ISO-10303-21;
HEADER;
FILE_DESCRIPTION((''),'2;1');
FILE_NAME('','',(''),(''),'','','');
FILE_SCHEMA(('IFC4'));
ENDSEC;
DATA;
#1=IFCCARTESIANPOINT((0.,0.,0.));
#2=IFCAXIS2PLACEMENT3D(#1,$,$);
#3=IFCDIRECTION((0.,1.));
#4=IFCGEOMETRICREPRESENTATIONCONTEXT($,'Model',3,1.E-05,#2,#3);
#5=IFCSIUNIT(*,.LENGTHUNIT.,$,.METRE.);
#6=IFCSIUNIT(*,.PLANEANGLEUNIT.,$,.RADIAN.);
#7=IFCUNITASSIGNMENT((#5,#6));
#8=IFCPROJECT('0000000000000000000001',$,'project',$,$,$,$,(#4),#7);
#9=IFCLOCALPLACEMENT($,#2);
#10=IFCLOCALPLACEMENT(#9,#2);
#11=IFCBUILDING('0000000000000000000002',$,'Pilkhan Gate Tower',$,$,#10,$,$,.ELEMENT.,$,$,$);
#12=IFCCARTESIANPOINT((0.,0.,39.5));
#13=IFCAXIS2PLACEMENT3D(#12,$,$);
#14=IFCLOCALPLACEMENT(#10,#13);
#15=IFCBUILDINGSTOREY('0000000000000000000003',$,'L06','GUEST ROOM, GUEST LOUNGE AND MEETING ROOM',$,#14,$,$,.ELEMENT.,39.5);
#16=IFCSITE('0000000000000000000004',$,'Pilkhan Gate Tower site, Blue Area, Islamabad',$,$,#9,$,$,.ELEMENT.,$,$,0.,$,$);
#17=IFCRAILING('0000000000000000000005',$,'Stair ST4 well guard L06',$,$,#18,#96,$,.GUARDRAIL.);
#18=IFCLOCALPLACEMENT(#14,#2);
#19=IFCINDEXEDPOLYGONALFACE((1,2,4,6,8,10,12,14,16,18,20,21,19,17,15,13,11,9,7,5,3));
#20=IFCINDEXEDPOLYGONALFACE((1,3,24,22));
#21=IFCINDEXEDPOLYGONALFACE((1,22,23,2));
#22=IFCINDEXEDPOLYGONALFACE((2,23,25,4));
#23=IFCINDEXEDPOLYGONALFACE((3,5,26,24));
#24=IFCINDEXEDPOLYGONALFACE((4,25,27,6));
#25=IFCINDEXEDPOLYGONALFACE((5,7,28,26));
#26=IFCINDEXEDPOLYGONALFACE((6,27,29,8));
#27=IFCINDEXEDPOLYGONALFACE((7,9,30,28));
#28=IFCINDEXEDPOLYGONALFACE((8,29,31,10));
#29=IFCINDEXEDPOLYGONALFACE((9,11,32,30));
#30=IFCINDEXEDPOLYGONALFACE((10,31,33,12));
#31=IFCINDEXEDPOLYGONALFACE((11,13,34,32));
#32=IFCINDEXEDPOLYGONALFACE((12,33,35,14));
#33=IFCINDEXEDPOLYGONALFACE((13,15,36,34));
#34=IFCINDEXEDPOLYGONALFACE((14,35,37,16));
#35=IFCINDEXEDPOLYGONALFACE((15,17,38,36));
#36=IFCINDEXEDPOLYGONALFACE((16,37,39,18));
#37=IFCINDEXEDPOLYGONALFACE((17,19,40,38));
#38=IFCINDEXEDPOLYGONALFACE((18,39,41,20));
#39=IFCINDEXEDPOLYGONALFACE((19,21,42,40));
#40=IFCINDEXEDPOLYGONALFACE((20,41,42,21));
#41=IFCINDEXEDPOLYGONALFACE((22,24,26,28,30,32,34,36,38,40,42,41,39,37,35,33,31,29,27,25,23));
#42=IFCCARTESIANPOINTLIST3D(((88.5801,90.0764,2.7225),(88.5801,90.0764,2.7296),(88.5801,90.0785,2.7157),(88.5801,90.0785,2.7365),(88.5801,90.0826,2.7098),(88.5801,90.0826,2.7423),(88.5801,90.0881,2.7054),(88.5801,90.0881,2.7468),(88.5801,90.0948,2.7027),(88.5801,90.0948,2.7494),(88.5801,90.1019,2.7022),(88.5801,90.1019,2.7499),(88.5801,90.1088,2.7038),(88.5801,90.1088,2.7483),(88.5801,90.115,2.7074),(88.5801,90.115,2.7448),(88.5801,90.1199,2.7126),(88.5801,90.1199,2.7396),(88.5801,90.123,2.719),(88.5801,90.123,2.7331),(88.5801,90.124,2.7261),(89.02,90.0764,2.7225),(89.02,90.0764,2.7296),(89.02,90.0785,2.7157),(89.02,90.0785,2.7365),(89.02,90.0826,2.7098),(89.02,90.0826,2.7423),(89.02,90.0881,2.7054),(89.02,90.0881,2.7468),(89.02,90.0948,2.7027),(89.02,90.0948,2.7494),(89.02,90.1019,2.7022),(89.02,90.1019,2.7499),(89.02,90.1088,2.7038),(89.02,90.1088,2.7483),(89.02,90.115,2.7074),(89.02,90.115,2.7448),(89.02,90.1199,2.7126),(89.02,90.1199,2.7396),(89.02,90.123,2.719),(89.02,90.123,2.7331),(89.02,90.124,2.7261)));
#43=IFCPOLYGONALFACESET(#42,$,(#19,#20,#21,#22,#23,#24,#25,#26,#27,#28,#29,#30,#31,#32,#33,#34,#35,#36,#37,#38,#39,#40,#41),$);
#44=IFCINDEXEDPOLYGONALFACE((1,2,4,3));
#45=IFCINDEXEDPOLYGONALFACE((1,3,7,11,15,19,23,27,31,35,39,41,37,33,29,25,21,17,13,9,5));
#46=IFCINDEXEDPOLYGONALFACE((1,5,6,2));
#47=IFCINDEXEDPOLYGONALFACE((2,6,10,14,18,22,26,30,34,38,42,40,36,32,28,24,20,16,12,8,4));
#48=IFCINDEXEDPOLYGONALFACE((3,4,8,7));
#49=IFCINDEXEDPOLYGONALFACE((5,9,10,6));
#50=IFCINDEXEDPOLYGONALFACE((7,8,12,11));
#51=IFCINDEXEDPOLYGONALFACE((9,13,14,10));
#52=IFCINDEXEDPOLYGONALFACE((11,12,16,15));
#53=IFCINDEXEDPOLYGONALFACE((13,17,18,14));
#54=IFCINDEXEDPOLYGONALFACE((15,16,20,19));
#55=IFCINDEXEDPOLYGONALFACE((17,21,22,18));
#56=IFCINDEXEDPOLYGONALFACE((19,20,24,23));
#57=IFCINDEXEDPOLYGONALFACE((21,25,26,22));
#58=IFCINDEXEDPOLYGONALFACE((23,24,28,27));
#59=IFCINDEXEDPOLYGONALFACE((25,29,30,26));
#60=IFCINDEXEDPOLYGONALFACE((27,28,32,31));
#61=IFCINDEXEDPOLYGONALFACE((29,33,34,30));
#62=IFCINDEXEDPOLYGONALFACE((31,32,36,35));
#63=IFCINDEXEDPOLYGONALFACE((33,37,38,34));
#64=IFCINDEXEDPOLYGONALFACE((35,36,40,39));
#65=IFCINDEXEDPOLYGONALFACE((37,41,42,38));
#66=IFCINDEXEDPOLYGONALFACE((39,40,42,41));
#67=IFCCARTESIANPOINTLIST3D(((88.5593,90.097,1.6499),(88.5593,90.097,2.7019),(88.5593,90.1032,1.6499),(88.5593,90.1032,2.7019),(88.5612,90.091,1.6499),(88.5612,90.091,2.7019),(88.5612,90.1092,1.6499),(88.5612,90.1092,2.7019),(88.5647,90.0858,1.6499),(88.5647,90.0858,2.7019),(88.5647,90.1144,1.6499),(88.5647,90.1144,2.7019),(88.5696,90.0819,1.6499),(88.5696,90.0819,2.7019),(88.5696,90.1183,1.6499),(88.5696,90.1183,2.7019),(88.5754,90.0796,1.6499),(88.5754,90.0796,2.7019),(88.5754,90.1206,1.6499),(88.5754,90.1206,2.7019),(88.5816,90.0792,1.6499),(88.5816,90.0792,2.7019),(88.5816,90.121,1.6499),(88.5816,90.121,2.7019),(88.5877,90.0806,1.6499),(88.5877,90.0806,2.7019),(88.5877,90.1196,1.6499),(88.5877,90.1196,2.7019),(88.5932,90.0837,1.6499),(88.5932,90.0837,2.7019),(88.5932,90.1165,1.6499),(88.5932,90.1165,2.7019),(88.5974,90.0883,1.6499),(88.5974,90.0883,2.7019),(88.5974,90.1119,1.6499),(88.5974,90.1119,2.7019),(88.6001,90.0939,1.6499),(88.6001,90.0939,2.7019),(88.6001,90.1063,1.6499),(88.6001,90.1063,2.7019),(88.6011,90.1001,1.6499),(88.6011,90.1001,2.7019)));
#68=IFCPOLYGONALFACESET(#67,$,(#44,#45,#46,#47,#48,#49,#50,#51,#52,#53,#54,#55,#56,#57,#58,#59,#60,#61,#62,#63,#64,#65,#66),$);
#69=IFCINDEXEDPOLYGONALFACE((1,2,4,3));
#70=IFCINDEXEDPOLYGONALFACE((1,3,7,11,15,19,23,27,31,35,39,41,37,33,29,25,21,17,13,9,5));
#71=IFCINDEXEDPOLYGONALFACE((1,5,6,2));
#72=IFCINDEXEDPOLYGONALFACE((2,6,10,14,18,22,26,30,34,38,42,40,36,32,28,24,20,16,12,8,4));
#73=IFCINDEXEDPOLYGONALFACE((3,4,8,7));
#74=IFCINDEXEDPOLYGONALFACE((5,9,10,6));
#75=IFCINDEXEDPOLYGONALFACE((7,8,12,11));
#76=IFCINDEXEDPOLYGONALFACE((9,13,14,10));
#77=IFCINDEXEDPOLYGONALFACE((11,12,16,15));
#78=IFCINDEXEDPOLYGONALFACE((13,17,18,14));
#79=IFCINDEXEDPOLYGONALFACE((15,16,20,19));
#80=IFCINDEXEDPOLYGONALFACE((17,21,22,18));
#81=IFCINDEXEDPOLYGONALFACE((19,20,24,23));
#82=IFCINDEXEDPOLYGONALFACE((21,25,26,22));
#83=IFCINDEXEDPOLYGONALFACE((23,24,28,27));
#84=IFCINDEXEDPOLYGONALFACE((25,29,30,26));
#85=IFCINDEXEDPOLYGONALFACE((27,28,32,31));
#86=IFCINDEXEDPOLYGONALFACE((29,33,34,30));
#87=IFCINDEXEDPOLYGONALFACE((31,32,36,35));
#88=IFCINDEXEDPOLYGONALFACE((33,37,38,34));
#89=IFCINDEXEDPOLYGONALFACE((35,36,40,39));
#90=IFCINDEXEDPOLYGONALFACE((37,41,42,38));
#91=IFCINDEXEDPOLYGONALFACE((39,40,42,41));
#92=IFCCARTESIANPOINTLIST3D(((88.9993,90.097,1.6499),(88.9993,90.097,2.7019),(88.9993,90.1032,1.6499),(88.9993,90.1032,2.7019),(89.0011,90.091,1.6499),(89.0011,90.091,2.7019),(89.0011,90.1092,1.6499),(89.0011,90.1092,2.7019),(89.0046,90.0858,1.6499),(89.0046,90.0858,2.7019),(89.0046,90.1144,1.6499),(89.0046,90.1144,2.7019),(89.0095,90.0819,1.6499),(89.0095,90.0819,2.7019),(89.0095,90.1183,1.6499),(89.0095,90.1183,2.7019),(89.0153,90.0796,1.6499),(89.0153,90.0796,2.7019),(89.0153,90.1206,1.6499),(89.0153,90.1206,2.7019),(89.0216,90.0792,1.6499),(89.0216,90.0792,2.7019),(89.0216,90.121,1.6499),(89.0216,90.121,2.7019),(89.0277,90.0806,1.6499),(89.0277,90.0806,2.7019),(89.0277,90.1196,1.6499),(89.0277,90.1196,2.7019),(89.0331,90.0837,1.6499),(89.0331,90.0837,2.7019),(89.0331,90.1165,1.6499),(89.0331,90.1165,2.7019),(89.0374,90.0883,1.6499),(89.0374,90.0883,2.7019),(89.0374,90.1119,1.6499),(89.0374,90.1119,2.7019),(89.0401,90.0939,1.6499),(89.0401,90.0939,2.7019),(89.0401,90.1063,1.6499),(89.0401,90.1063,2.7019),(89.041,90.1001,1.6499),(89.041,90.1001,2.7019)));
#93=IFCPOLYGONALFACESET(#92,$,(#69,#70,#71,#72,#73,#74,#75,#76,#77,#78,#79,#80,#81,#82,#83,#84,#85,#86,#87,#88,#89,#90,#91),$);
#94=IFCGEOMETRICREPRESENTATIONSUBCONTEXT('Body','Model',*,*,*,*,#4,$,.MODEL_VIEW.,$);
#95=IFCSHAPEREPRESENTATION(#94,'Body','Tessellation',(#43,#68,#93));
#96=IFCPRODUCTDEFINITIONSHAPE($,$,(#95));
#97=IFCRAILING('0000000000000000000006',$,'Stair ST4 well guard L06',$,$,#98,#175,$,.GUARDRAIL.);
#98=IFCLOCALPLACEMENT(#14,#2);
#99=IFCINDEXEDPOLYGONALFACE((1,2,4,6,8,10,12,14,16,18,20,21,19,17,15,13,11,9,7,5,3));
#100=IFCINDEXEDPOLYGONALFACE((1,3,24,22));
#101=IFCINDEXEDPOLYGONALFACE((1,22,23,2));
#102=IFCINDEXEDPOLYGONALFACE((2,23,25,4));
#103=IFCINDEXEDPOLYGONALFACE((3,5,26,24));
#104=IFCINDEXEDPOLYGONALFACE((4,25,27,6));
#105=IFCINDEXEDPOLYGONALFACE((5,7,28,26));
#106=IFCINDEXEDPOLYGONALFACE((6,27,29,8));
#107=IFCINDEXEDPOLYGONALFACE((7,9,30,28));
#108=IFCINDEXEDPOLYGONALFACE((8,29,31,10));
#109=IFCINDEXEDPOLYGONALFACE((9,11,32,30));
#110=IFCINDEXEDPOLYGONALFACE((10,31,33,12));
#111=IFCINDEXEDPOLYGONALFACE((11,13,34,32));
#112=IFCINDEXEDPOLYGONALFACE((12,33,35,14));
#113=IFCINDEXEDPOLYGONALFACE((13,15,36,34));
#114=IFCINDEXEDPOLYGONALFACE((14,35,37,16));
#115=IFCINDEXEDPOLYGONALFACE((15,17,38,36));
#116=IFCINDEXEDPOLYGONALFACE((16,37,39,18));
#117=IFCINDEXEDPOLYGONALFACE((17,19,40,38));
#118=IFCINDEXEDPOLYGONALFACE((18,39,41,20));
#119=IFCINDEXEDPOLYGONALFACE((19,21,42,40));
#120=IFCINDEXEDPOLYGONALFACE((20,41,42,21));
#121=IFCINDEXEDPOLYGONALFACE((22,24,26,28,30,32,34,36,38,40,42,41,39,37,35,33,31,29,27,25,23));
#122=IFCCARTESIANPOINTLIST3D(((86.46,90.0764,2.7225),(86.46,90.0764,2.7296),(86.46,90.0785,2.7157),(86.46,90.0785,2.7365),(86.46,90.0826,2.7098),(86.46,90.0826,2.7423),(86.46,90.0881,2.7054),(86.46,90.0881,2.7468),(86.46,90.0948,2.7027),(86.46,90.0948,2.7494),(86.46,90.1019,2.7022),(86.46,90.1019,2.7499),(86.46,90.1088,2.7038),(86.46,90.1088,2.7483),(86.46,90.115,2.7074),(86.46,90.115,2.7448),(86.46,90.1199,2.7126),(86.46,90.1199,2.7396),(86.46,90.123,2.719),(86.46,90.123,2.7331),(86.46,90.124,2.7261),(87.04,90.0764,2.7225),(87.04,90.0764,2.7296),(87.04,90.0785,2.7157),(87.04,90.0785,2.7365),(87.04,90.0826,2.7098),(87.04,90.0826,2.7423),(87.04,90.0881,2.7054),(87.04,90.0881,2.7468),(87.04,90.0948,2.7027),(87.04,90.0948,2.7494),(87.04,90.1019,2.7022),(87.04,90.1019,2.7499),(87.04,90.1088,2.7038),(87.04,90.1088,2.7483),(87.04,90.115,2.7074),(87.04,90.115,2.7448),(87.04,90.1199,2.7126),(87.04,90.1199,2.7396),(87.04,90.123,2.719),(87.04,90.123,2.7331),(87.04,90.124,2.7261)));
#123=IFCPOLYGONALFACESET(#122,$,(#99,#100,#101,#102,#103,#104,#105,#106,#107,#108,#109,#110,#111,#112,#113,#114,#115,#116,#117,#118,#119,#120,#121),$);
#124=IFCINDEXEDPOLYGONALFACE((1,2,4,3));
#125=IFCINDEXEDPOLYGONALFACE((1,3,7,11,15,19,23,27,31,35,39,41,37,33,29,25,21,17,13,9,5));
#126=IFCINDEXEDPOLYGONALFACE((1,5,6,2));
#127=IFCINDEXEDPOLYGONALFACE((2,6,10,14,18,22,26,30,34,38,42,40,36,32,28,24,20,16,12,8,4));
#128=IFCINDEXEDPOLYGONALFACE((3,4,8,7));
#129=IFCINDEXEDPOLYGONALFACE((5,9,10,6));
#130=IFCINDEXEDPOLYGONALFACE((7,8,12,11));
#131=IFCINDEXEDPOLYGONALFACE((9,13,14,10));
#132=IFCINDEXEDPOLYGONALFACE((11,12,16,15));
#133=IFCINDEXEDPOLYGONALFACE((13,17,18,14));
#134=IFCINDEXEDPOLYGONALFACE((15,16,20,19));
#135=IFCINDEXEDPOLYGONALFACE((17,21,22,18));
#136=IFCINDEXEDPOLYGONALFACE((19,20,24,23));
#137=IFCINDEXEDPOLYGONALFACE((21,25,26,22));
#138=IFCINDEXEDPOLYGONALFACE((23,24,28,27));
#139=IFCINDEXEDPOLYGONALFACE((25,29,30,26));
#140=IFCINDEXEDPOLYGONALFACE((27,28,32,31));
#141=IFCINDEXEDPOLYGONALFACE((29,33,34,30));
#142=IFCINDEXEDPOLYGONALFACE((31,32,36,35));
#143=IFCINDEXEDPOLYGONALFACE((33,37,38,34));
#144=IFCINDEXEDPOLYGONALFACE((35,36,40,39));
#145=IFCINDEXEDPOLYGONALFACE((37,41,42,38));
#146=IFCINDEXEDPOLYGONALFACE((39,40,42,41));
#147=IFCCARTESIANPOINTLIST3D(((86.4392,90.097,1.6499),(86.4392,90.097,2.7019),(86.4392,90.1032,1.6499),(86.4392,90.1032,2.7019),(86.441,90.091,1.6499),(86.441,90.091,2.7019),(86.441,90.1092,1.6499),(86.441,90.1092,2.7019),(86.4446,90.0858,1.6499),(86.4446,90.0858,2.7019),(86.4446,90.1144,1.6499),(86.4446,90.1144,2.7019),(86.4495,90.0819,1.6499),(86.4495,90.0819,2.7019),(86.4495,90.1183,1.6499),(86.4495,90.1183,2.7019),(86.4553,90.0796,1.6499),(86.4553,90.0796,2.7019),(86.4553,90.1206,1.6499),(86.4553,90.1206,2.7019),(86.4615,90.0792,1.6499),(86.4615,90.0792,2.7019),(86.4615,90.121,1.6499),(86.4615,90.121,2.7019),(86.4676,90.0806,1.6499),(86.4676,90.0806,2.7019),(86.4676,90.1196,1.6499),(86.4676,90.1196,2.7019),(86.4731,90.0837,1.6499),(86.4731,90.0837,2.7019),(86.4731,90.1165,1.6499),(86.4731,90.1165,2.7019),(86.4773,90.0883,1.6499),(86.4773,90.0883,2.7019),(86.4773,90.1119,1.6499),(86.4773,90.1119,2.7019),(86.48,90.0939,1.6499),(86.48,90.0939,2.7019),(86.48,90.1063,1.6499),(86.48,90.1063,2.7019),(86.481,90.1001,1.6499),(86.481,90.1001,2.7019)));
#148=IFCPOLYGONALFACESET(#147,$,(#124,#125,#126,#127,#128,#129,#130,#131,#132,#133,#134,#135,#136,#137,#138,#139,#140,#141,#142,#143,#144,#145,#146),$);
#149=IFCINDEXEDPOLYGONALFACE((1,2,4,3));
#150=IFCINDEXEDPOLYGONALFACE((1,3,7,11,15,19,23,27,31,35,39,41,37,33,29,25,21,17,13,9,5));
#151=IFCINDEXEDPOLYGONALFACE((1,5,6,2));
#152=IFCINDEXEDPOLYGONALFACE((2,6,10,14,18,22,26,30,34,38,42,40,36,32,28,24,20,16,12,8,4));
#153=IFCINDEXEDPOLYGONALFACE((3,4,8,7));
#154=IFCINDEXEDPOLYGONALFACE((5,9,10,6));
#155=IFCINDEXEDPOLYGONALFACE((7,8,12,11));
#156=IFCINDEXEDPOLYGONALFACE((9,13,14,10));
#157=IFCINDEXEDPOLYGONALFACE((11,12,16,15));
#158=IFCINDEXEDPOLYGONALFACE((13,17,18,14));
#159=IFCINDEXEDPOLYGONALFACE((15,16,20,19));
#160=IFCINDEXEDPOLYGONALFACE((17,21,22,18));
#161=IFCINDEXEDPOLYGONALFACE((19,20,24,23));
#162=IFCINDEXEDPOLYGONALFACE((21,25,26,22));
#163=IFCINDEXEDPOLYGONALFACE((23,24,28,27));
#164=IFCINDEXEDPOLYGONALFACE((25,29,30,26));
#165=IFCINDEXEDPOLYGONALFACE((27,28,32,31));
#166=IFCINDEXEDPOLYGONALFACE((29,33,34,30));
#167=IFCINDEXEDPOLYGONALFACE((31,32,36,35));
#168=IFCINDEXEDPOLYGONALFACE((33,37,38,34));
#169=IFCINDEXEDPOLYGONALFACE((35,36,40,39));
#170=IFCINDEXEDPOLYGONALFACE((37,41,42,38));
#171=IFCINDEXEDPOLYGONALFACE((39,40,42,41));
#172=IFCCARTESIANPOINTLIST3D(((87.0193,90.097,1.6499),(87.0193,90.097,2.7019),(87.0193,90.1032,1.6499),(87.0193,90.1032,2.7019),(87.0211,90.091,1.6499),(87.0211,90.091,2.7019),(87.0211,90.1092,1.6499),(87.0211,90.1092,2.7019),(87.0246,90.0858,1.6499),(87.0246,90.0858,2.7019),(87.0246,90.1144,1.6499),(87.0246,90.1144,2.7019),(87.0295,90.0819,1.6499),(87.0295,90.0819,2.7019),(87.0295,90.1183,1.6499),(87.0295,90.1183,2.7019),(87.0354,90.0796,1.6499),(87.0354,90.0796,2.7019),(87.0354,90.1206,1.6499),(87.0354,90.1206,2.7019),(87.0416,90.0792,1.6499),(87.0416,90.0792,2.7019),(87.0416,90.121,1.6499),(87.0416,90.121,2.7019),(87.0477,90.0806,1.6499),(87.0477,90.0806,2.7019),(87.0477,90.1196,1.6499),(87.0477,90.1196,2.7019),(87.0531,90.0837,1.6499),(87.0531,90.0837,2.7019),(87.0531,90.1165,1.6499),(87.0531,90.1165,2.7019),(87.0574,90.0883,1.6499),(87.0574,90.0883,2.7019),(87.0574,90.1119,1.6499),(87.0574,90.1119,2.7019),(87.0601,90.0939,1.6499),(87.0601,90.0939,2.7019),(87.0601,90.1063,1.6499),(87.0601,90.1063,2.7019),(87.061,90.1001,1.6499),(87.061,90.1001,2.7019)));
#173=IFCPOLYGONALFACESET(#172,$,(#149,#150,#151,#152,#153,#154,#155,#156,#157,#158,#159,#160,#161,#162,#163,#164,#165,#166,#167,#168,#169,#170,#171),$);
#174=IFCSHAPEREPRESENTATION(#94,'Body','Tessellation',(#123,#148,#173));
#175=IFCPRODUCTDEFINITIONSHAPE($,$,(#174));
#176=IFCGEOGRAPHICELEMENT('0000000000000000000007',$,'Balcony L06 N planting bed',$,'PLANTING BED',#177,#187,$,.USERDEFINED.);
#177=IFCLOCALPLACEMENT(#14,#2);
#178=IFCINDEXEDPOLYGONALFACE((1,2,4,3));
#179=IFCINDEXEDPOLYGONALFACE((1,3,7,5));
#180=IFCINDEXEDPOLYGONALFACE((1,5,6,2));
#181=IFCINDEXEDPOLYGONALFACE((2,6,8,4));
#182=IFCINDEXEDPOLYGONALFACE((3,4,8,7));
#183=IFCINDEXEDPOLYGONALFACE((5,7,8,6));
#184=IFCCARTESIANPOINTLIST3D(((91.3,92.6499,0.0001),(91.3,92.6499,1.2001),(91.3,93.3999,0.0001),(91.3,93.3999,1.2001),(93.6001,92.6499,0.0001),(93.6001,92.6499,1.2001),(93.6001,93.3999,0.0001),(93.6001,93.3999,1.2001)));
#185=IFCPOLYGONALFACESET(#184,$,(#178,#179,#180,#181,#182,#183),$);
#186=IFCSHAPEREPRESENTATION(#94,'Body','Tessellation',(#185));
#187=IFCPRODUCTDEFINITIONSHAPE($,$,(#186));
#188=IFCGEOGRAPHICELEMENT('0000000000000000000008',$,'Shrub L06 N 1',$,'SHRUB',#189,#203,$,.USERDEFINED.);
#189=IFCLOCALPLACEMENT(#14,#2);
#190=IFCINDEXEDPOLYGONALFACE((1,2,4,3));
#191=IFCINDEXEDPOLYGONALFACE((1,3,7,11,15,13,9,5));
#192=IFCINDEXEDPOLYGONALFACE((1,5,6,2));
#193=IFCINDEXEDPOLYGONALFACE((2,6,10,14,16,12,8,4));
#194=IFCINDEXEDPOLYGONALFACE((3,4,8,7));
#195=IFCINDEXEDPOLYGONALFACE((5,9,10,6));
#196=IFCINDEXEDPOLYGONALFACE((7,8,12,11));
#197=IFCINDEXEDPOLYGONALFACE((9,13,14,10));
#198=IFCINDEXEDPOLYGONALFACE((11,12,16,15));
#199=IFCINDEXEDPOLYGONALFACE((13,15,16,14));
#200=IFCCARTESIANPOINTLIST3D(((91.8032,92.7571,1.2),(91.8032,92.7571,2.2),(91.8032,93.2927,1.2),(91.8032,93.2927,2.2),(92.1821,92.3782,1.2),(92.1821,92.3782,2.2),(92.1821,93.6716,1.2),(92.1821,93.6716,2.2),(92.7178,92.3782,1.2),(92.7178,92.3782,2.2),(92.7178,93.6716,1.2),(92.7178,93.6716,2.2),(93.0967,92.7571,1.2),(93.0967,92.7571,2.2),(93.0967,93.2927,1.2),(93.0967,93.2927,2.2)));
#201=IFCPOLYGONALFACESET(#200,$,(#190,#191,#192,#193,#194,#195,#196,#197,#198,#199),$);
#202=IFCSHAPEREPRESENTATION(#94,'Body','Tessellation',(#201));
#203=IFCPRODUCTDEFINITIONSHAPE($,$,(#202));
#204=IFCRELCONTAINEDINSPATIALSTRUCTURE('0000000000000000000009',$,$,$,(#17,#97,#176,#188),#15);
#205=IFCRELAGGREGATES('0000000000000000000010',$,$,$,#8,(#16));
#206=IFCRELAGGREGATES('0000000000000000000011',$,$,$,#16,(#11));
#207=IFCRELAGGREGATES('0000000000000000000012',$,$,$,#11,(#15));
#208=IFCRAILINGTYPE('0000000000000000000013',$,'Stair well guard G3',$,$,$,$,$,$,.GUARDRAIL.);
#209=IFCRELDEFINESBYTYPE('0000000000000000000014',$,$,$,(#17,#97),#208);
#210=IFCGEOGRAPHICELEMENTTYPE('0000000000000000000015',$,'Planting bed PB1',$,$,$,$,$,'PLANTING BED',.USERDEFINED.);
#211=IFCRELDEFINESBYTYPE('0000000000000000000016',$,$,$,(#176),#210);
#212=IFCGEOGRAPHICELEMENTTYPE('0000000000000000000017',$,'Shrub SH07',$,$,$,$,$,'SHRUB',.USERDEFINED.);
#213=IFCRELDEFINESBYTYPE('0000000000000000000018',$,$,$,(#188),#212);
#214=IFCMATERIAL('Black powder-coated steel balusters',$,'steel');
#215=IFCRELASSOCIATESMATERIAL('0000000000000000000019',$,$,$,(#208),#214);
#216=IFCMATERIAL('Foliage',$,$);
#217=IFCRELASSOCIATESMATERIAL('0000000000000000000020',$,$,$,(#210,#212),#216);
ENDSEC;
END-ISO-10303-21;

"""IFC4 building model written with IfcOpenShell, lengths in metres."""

from ifc_helpers import new_model, si_unit, direction, frame, origin, origin_2d, place, context, subcontext, project, spatial, polyline, rectangle, circle, outline, extrude, material, material_profile, profile_set, type_object, element, save


model = new_model("IFC4")

# Units and contexts
model_context = context("Model", 3, precision=1e-05, world=origin(), true_north=direction((0.0, 1.0)))
body_context = subcontext(model_context, "Body", "Model", "MODEL_VIEW")
ifc_project = project(units=[si_unit("LENGTHUNIT", "METRE"), si_unit("PLANEANGLEUNIT", "RADIAN")], contexts=[model_context])

# Site, building, storey
site_placement = place(None, origin())
site = spatial("IfcSite", under=ifc_project, at=site_placement, Name="Pilkhan Gate Tower site, Blue Area, Islamabad", CompositionType="ELEMENT", RefElevation=0.0)
building_placement = place(site_placement, origin())
building = spatial("IfcBuilding", under=site, at=building_placement, Name="Pilkhan Gate Tower", CompositionType="ELEMENT")
storey_placement = place(building_placement, frame((0.0, 0.0, 39.5)))
storey = spatial("IfcBuildingStorey", under=building, at=storey_placement, Name="L06", Description="GUEST ROOM, GUEST LOUNGE AND MEETING ROOM", CompositionType="ELEMENT", Elevation=39.5)

# Railings
ifc_material_1 = material(Name="Black powder-coated steel balusters", Category="steel")
railing_type_1 = type_object("IfcRailingType", Name="Stair well guard G3", PredefinedType="GUARDRAIL", material=ifc_material_1)
railing_1_placement = place(storey_placement, frame((88.5801, 90.1001, 1.6499)))
element("IfcRailing", 1, at=railing_1_placement, inside=storey, type_object=railing_type_1, Name="Stair ST4 well guard L06", PredefinedType="GUARDRAIL", context=body_context, shape_type="SweptSolid", body=[
    extrude(circle(Radius=0.0239, at=origin_2d()), frame((0.0, 0.0, 1.0762), z_axis=(1.0, 0.0, 0.0), x_axis=(0.0, 1.0, 0.0)), (0.0, 0.0, 1.0), 0.4399),
    extrude(circle(Radius=0.021, at=origin_2d()), origin(), (0.0, 0.0, 1.0), 1.052),
    extrude(circle(Radius=0.021, at=origin_2d()), frame((0.4399, 0.0, 0.0)), (0.0, 0.0, 1.0), 1.052),
])
railing_2_placement = place(storey_placement, frame((86.46, 90.1001, 1.6499)))
element("IfcRailing", 2, at=railing_2_placement, inside=storey, type_object=railing_type_1, Name="Stair ST4 well guard L06", PredefinedType="GUARDRAIL", context=body_context, shape_type="SweptSolid", body=[
    extrude(circle(Radius=0.0239, at=origin_2d()), frame((0.0, 0.0, 1.0762), z_axis=(1.0, 0.0, 0.0), x_axis=(0.0, 1.0, 0.0)), (0.0, 0.0, 1.0), 0.5801),
    extrude(circle(Radius=0.021, at=origin_2d()), origin(), (0.0, 0.0, 1.0), 1.052),
    extrude(circle(Radius=0.021, at=origin_2d()), frame((0.5801, 0.0, 0.0)), (0.0, 0.0, 1.0), 1.052),
])

# Geographic elements
ifc_material_2 = material(Name="Foliage")
ifc_material_profile_1 = material_profile(ifc_material_2, rectangle(XDim=0.75, YDim=1.2, at=origin_2d()), Name="Bed 750x1200")
ifc_profile_set_1 = profile_set([ifc_material_profile_1], Name="Foliage")
geographic_element_type_1 = type_object("IfcGeographicElementType", Name="Planting bed PB1", ElementType="PLANTING BED", PredefinedType="USERDEFINED", material=ifc_profile_set_1)
geographic_element_1_placement = place(storey_placement, frame((91.3, 93.0249, 0.6001), z_axis=(1.0, 0.0, 0.0), x_axis=(0.0, 1.0, 0.0)))
element("IfcGeographicElement", 3, at=geographic_element_1_placement, inside=storey, type_object=geographic_element_type_1, Name="Balcony L06 N planting bed", ObjectType="PLANTING BED", PredefinedType="USERDEFINED", context=body_context, shape_type="SweptSolid", body=[
    extrude(rectangle(XDim=0.75, YDim=1.2, at=origin_2d()), origin(), (0.0, 0.0, 1.0), 2.3),
])
ifc_material_profile_2 = material_profile(ifc_material_2, outline(polyline([(0.6467, 0.2678), (0.2678, 0.6467), (-0.2678, 0.6467), (-0.6467, 0.2678), (-0.6467, -0.2678), (-0.2678, -0.6467), (0.2678, -0.6467), (0.6467, -0.2678), (0.6467, 0.2678)])), Name="Shrub D1.4")
ifc_profile_set_2 = profile_set([ifc_material_profile_2], Name="Foliage")
geographic_element_type_2 = type_object("IfcGeographicElementType", Name="Shrub SH07", ElementType="SHRUB", PredefinedType="USERDEFINED", material=ifc_profile_set_2)
geographic_element_2_placement = place(storey_placement, frame((92.45, 93.0249, 1.2), z_axis=(0.0, 0.0, 1.0), x_axis=(1.0, 0.0, 0.0)))
element("IfcGeographicElement", 4, at=geographic_element_2_placement, inside=storey, type_object=geographic_element_type_2, Name="Shrub L06 N 1", ObjectType="SHRUB", PredefinedType="USERDEFINED", context=body_context, shape_type="SweptSolid", body=[
    extrude(outline(polyline([(0.6467, 0.2678), (0.2678, 0.6467), (-0.2678, 0.6467), (-0.6467, 0.2678), (-0.6467, -0.2678), (-0.2678, -0.6467), (0.2678, -0.6467), (0.6467, -0.2678), (0.6467, 0.2678)])), origin(), (0.0, 0.0, 1.0), 1.0),
])

save(model, "model.ifc")
